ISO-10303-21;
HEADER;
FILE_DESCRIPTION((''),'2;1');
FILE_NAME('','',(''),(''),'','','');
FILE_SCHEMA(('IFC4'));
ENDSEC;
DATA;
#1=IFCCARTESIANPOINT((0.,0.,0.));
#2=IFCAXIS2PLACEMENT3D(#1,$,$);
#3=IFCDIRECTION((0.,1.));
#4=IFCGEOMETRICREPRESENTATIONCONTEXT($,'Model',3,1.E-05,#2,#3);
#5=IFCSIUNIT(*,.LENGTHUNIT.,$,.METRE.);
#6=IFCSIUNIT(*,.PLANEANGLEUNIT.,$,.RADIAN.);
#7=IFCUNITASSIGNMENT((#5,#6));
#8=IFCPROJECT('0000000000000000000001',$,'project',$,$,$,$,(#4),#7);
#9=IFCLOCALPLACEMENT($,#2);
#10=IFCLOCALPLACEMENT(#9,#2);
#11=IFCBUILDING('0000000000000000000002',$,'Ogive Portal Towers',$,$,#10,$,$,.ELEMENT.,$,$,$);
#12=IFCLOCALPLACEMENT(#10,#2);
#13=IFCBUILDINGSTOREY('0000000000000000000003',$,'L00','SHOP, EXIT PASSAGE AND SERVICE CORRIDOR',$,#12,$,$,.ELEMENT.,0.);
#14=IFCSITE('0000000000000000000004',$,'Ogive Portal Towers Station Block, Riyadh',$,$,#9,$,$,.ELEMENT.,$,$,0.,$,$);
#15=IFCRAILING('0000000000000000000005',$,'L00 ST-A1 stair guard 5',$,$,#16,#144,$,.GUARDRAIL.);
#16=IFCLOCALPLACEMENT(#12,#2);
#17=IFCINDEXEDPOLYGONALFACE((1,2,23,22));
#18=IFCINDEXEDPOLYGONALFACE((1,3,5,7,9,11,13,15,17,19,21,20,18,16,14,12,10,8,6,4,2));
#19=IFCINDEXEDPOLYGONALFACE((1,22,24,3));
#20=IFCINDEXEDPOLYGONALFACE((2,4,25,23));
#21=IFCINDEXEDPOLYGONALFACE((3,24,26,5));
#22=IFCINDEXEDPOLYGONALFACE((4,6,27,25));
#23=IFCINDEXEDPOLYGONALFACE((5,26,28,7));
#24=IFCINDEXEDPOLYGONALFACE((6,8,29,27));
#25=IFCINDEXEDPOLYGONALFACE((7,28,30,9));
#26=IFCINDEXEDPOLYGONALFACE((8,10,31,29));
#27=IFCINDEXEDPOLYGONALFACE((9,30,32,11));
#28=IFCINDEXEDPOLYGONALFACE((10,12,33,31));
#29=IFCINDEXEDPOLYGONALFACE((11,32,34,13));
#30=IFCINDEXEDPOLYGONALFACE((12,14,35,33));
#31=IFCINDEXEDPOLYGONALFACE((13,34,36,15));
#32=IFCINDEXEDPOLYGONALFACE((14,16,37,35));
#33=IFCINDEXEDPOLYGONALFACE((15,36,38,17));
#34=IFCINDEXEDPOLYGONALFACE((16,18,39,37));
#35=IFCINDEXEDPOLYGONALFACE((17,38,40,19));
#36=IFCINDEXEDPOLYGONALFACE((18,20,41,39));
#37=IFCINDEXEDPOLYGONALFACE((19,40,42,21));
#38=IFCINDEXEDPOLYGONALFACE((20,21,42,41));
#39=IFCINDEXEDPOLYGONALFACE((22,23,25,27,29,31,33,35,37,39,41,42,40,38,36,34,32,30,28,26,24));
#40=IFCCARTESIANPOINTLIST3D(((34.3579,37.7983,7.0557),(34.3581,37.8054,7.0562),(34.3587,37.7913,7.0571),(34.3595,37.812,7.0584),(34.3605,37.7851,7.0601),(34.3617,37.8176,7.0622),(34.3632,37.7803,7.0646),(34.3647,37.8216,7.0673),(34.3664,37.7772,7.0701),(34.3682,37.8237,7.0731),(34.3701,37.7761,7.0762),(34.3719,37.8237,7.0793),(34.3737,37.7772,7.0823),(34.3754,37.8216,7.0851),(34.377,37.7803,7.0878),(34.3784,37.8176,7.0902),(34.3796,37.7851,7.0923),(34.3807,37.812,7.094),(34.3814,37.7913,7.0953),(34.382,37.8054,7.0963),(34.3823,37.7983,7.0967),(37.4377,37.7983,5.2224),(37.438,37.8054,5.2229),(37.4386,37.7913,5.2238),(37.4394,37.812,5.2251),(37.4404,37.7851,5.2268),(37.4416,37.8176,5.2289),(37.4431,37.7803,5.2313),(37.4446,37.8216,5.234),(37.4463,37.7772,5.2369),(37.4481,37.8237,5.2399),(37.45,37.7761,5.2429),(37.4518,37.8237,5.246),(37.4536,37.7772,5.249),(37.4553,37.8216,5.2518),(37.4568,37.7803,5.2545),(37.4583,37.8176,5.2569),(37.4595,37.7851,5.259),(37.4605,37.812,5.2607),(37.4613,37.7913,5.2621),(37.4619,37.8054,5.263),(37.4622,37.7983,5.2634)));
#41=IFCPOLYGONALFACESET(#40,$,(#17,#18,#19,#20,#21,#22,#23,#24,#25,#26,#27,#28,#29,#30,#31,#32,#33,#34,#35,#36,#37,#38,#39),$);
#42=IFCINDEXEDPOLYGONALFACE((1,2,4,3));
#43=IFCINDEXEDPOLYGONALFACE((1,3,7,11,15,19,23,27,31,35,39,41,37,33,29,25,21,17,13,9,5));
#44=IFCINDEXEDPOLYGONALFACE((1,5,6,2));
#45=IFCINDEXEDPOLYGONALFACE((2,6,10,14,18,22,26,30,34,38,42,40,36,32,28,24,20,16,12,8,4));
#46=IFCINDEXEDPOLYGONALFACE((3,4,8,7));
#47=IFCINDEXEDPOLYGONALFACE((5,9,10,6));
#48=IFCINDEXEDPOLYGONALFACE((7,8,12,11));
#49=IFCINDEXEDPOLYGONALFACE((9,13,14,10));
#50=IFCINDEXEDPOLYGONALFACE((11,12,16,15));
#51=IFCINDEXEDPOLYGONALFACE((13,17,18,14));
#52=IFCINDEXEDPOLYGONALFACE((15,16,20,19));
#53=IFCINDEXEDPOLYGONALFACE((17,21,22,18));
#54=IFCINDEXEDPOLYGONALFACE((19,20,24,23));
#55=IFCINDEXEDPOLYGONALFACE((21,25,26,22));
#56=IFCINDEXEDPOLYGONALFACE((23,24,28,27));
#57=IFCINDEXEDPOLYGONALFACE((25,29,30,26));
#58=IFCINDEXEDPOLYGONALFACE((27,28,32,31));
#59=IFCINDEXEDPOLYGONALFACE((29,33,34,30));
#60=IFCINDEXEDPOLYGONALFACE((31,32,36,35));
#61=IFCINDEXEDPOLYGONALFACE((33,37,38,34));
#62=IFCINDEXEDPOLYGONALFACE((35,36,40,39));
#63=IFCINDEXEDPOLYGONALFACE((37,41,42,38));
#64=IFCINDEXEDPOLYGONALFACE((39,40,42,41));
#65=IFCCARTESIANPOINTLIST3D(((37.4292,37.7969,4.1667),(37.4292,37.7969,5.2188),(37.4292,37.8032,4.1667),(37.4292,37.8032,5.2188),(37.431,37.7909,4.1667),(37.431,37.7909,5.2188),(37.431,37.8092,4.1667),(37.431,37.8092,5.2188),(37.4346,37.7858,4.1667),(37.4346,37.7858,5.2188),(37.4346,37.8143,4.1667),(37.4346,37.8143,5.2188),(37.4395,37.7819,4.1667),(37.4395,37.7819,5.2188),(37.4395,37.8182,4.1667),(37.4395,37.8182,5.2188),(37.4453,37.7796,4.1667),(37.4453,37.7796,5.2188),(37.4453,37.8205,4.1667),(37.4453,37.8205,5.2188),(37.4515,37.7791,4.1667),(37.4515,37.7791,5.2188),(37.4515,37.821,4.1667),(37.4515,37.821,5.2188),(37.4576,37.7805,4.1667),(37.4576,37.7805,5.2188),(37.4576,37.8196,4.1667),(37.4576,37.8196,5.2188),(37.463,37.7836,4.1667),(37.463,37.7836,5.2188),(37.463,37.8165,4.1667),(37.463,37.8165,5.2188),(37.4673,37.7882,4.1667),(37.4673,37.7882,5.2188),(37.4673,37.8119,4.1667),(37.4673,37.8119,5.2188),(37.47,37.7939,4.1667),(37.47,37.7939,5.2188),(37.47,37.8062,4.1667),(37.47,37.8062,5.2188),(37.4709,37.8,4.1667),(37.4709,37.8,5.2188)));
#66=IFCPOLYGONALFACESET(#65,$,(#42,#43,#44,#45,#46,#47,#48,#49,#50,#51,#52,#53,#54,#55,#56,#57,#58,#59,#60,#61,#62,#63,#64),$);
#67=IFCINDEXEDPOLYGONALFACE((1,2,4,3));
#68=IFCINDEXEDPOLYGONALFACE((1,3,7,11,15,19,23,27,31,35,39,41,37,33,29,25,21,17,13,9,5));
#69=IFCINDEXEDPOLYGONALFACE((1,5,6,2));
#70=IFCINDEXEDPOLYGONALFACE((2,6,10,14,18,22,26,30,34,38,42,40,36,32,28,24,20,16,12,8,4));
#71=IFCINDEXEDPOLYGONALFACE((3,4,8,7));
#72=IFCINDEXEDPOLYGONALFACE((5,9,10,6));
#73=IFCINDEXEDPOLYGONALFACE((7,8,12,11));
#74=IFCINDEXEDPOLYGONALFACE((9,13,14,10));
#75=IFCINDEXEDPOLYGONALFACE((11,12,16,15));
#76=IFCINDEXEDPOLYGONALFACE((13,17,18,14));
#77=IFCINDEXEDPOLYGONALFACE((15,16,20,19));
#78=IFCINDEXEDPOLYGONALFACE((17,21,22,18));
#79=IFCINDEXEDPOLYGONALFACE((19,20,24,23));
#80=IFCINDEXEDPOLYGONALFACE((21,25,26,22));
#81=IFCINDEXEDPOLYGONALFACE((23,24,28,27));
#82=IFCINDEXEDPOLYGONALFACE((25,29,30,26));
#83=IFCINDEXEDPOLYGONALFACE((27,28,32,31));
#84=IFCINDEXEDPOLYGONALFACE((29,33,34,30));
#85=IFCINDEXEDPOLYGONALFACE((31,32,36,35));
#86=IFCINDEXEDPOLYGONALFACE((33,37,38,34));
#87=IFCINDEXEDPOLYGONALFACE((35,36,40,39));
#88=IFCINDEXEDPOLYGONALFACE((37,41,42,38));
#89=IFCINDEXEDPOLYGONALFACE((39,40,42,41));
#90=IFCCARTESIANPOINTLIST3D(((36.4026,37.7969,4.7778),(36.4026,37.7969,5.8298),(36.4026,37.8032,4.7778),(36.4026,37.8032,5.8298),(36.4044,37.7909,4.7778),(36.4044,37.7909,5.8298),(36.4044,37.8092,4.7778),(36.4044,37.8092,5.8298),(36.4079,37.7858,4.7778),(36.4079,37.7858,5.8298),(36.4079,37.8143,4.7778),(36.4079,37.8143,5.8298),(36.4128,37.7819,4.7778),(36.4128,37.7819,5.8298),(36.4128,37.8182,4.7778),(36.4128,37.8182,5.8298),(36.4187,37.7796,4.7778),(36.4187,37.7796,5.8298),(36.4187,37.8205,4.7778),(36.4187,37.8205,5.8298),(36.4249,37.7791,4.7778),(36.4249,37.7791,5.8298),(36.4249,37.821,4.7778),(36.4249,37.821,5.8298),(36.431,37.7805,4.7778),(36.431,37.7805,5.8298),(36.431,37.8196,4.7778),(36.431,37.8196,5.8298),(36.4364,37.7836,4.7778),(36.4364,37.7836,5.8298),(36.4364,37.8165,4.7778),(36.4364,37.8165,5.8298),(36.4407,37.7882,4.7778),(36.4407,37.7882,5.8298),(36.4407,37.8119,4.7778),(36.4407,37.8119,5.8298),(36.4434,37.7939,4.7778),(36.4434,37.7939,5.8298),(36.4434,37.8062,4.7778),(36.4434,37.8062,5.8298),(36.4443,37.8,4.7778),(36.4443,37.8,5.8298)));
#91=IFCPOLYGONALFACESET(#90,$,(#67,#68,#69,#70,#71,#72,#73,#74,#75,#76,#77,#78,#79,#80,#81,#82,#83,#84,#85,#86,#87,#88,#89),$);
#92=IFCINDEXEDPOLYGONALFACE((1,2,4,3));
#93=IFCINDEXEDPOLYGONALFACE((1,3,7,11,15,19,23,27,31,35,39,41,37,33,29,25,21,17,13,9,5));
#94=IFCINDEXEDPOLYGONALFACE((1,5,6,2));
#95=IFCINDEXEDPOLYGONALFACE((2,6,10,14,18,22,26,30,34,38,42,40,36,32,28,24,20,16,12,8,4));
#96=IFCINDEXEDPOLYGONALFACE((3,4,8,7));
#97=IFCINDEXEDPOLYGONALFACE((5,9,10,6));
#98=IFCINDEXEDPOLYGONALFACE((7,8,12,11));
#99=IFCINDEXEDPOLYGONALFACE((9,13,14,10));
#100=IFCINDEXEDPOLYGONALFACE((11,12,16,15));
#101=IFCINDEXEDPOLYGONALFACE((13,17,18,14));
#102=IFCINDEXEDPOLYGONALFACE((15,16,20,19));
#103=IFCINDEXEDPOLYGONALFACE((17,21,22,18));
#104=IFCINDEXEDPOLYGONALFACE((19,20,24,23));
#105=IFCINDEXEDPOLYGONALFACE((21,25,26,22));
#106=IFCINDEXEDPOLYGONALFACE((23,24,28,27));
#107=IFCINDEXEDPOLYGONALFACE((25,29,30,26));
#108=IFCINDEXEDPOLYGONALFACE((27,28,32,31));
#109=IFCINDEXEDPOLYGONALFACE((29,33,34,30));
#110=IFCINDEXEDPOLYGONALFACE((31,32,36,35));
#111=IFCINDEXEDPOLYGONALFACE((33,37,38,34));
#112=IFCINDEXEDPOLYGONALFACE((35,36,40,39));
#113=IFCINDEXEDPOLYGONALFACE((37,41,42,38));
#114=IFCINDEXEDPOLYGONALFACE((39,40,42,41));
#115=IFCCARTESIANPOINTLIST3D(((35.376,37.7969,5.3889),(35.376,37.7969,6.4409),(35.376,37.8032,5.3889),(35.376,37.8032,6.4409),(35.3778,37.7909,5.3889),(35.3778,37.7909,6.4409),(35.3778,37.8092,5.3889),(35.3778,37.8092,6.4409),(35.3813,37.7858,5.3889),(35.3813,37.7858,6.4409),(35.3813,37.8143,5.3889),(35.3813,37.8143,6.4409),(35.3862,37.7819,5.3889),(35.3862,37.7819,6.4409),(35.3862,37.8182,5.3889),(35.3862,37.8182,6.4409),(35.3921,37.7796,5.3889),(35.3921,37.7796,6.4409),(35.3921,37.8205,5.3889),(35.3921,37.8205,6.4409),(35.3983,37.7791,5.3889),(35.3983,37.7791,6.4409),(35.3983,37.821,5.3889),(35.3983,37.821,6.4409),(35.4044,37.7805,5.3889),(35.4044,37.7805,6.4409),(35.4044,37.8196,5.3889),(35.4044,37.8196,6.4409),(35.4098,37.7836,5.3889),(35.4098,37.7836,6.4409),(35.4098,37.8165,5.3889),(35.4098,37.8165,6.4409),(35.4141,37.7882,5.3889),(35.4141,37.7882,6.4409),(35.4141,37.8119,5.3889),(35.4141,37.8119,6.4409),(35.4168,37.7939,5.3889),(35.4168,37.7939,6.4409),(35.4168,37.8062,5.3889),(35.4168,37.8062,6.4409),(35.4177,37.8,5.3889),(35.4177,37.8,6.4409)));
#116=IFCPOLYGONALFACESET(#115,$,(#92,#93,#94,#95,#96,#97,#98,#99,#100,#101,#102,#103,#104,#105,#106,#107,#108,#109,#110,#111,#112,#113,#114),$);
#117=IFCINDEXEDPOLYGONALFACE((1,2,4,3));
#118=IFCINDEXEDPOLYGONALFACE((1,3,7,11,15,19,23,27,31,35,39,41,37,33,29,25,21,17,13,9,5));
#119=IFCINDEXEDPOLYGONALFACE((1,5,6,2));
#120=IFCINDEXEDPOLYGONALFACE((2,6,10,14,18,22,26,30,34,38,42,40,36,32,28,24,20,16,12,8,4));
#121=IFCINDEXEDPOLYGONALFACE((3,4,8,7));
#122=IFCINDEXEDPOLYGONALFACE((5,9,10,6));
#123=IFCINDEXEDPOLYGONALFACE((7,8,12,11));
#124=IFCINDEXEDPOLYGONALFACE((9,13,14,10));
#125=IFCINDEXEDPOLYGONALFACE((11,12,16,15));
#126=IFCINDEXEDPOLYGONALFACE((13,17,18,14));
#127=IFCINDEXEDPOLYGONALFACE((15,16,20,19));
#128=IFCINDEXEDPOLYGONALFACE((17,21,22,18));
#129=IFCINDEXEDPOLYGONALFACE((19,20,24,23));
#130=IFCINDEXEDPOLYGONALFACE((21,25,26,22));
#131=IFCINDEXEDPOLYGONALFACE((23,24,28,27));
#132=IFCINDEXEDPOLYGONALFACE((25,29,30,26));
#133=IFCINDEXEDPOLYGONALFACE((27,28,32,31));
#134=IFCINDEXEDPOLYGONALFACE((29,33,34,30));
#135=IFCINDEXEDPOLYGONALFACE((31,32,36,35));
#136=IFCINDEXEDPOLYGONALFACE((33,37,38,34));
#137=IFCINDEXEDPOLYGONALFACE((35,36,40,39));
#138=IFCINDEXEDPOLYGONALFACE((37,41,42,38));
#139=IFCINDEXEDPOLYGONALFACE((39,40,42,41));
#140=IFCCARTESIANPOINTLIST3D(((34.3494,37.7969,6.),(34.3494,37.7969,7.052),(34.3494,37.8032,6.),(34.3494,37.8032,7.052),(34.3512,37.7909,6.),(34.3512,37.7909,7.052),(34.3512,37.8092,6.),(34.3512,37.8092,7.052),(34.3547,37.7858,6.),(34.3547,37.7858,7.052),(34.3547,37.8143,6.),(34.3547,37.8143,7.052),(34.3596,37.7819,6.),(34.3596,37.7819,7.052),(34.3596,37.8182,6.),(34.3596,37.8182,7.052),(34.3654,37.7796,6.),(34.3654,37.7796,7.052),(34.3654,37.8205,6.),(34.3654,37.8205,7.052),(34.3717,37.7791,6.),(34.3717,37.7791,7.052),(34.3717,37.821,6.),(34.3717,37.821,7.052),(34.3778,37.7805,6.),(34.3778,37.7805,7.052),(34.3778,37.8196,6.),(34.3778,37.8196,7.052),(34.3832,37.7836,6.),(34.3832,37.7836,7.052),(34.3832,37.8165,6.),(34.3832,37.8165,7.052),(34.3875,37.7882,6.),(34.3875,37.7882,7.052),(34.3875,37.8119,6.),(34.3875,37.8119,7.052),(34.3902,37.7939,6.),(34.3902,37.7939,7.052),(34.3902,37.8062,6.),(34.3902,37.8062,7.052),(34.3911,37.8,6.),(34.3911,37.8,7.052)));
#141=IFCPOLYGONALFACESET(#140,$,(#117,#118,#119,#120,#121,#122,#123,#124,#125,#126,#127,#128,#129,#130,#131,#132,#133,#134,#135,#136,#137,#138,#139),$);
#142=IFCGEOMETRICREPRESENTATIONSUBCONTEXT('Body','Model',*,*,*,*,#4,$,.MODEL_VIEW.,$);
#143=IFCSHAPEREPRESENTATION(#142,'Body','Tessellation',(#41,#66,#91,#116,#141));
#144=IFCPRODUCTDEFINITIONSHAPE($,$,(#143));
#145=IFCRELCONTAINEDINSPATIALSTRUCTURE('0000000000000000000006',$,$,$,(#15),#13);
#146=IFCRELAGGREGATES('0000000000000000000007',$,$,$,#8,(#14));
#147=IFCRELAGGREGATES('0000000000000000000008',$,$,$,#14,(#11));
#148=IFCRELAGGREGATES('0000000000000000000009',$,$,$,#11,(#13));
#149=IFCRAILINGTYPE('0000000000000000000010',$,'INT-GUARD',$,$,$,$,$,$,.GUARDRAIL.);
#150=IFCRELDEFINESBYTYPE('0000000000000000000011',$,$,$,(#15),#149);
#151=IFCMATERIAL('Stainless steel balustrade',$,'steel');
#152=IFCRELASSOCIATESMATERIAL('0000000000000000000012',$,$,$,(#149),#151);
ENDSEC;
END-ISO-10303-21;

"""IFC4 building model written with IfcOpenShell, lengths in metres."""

from ifc_helpers import new_model, si_unit, direction, frame, origin, origin_2d, place, context, subcontext, project, spatial, circle, extrude, material, type_object, element, save


model = new_model("IFC4")

# Units and contexts
model_context = context("Model", 3, precision=1e-05, world=origin(), true_north=direction((0.0, 1.0)))
body_context = subcontext(model_context, "Body", "Model", "MODEL_VIEW")
ifc_project = project(units=[si_unit("LENGTHUNIT", "METRE"), si_unit("PLANEANGLEUNIT", "RADIAN")], contexts=[model_context])

# Site, building, storey
site_placement = place(None, origin())
site = spatial("IfcSite", under=ifc_project, at=site_placement, Name="Ogive Portal Towers Station Block, Riyadh", CompositionType="ELEMENT", RefElevation=0.0)
building_placement = place(site_placement, origin())
building = spatial("IfcBuilding", under=site, at=building_placement, Name="Ogive Portal Towers", CompositionType="ELEMENT")
storey_placement = place(building_placement, origin())
storey = spatial("IfcBuildingStorey", under=building, at=storey_placement, Name="L00", Description="SHOP, EXIT PASSAGE AND SERVICE CORRIDOR", CompositionType="ELEMENT", Elevation=0.0)

# Railing
ifc_material_1 = material(Name="Stainless steel balustrade", Category="steel")
railing_type_1 = type_object("IfcRailingType", Name="INT-GUARD", PredefinedType="GUARDRAIL", material=ifc_material_1)
railing_1_placement = place(storey_placement, frame((37.45, 37.8, 4.1667)))
element("IfcRailing", 1, at=railing_1_placement, inside=storey, type_object=railing_type_1, Name="L00 ST-A1 stair guard 5", PredefinedType="GUARDRAIL", context=body_context, shape_type="SweptSolid", body=[
    extrude(circle(Radius=0.0239, at=origin_2d()), frame((0.0, 0.0, 1.0762), z_axis=(-0.859291, 0.0, 0.511487), x_axis=(0.0, -1.0, 0.0)), (0.0, 0.0, 1.0), 3.5842),
    extrude(circle(Radius=0.021, at=origin_2d()), origin(), (0.0, 0.0, 1.0), 1.052),
    extrude(circle(Radius=0.021, at=origin_2d()), frame((-1.0266, 0.0, 0.6111)), (0.0, 0.0, 1.0), 1.052),
    extrude(circle(Radius=0.021, at=origin_2d()), frame((-2.0532, 0.0, 1.2222)), (0.0, 0.0, 1.0), 1.052),
    extrude(circle(Radius=0.021, at=origin_2d()), frame((-3.0798, 0.0, 1.8333)), (0.0, 0.0, 1.0), 1.052),
])

save(model, "model.ifc")
